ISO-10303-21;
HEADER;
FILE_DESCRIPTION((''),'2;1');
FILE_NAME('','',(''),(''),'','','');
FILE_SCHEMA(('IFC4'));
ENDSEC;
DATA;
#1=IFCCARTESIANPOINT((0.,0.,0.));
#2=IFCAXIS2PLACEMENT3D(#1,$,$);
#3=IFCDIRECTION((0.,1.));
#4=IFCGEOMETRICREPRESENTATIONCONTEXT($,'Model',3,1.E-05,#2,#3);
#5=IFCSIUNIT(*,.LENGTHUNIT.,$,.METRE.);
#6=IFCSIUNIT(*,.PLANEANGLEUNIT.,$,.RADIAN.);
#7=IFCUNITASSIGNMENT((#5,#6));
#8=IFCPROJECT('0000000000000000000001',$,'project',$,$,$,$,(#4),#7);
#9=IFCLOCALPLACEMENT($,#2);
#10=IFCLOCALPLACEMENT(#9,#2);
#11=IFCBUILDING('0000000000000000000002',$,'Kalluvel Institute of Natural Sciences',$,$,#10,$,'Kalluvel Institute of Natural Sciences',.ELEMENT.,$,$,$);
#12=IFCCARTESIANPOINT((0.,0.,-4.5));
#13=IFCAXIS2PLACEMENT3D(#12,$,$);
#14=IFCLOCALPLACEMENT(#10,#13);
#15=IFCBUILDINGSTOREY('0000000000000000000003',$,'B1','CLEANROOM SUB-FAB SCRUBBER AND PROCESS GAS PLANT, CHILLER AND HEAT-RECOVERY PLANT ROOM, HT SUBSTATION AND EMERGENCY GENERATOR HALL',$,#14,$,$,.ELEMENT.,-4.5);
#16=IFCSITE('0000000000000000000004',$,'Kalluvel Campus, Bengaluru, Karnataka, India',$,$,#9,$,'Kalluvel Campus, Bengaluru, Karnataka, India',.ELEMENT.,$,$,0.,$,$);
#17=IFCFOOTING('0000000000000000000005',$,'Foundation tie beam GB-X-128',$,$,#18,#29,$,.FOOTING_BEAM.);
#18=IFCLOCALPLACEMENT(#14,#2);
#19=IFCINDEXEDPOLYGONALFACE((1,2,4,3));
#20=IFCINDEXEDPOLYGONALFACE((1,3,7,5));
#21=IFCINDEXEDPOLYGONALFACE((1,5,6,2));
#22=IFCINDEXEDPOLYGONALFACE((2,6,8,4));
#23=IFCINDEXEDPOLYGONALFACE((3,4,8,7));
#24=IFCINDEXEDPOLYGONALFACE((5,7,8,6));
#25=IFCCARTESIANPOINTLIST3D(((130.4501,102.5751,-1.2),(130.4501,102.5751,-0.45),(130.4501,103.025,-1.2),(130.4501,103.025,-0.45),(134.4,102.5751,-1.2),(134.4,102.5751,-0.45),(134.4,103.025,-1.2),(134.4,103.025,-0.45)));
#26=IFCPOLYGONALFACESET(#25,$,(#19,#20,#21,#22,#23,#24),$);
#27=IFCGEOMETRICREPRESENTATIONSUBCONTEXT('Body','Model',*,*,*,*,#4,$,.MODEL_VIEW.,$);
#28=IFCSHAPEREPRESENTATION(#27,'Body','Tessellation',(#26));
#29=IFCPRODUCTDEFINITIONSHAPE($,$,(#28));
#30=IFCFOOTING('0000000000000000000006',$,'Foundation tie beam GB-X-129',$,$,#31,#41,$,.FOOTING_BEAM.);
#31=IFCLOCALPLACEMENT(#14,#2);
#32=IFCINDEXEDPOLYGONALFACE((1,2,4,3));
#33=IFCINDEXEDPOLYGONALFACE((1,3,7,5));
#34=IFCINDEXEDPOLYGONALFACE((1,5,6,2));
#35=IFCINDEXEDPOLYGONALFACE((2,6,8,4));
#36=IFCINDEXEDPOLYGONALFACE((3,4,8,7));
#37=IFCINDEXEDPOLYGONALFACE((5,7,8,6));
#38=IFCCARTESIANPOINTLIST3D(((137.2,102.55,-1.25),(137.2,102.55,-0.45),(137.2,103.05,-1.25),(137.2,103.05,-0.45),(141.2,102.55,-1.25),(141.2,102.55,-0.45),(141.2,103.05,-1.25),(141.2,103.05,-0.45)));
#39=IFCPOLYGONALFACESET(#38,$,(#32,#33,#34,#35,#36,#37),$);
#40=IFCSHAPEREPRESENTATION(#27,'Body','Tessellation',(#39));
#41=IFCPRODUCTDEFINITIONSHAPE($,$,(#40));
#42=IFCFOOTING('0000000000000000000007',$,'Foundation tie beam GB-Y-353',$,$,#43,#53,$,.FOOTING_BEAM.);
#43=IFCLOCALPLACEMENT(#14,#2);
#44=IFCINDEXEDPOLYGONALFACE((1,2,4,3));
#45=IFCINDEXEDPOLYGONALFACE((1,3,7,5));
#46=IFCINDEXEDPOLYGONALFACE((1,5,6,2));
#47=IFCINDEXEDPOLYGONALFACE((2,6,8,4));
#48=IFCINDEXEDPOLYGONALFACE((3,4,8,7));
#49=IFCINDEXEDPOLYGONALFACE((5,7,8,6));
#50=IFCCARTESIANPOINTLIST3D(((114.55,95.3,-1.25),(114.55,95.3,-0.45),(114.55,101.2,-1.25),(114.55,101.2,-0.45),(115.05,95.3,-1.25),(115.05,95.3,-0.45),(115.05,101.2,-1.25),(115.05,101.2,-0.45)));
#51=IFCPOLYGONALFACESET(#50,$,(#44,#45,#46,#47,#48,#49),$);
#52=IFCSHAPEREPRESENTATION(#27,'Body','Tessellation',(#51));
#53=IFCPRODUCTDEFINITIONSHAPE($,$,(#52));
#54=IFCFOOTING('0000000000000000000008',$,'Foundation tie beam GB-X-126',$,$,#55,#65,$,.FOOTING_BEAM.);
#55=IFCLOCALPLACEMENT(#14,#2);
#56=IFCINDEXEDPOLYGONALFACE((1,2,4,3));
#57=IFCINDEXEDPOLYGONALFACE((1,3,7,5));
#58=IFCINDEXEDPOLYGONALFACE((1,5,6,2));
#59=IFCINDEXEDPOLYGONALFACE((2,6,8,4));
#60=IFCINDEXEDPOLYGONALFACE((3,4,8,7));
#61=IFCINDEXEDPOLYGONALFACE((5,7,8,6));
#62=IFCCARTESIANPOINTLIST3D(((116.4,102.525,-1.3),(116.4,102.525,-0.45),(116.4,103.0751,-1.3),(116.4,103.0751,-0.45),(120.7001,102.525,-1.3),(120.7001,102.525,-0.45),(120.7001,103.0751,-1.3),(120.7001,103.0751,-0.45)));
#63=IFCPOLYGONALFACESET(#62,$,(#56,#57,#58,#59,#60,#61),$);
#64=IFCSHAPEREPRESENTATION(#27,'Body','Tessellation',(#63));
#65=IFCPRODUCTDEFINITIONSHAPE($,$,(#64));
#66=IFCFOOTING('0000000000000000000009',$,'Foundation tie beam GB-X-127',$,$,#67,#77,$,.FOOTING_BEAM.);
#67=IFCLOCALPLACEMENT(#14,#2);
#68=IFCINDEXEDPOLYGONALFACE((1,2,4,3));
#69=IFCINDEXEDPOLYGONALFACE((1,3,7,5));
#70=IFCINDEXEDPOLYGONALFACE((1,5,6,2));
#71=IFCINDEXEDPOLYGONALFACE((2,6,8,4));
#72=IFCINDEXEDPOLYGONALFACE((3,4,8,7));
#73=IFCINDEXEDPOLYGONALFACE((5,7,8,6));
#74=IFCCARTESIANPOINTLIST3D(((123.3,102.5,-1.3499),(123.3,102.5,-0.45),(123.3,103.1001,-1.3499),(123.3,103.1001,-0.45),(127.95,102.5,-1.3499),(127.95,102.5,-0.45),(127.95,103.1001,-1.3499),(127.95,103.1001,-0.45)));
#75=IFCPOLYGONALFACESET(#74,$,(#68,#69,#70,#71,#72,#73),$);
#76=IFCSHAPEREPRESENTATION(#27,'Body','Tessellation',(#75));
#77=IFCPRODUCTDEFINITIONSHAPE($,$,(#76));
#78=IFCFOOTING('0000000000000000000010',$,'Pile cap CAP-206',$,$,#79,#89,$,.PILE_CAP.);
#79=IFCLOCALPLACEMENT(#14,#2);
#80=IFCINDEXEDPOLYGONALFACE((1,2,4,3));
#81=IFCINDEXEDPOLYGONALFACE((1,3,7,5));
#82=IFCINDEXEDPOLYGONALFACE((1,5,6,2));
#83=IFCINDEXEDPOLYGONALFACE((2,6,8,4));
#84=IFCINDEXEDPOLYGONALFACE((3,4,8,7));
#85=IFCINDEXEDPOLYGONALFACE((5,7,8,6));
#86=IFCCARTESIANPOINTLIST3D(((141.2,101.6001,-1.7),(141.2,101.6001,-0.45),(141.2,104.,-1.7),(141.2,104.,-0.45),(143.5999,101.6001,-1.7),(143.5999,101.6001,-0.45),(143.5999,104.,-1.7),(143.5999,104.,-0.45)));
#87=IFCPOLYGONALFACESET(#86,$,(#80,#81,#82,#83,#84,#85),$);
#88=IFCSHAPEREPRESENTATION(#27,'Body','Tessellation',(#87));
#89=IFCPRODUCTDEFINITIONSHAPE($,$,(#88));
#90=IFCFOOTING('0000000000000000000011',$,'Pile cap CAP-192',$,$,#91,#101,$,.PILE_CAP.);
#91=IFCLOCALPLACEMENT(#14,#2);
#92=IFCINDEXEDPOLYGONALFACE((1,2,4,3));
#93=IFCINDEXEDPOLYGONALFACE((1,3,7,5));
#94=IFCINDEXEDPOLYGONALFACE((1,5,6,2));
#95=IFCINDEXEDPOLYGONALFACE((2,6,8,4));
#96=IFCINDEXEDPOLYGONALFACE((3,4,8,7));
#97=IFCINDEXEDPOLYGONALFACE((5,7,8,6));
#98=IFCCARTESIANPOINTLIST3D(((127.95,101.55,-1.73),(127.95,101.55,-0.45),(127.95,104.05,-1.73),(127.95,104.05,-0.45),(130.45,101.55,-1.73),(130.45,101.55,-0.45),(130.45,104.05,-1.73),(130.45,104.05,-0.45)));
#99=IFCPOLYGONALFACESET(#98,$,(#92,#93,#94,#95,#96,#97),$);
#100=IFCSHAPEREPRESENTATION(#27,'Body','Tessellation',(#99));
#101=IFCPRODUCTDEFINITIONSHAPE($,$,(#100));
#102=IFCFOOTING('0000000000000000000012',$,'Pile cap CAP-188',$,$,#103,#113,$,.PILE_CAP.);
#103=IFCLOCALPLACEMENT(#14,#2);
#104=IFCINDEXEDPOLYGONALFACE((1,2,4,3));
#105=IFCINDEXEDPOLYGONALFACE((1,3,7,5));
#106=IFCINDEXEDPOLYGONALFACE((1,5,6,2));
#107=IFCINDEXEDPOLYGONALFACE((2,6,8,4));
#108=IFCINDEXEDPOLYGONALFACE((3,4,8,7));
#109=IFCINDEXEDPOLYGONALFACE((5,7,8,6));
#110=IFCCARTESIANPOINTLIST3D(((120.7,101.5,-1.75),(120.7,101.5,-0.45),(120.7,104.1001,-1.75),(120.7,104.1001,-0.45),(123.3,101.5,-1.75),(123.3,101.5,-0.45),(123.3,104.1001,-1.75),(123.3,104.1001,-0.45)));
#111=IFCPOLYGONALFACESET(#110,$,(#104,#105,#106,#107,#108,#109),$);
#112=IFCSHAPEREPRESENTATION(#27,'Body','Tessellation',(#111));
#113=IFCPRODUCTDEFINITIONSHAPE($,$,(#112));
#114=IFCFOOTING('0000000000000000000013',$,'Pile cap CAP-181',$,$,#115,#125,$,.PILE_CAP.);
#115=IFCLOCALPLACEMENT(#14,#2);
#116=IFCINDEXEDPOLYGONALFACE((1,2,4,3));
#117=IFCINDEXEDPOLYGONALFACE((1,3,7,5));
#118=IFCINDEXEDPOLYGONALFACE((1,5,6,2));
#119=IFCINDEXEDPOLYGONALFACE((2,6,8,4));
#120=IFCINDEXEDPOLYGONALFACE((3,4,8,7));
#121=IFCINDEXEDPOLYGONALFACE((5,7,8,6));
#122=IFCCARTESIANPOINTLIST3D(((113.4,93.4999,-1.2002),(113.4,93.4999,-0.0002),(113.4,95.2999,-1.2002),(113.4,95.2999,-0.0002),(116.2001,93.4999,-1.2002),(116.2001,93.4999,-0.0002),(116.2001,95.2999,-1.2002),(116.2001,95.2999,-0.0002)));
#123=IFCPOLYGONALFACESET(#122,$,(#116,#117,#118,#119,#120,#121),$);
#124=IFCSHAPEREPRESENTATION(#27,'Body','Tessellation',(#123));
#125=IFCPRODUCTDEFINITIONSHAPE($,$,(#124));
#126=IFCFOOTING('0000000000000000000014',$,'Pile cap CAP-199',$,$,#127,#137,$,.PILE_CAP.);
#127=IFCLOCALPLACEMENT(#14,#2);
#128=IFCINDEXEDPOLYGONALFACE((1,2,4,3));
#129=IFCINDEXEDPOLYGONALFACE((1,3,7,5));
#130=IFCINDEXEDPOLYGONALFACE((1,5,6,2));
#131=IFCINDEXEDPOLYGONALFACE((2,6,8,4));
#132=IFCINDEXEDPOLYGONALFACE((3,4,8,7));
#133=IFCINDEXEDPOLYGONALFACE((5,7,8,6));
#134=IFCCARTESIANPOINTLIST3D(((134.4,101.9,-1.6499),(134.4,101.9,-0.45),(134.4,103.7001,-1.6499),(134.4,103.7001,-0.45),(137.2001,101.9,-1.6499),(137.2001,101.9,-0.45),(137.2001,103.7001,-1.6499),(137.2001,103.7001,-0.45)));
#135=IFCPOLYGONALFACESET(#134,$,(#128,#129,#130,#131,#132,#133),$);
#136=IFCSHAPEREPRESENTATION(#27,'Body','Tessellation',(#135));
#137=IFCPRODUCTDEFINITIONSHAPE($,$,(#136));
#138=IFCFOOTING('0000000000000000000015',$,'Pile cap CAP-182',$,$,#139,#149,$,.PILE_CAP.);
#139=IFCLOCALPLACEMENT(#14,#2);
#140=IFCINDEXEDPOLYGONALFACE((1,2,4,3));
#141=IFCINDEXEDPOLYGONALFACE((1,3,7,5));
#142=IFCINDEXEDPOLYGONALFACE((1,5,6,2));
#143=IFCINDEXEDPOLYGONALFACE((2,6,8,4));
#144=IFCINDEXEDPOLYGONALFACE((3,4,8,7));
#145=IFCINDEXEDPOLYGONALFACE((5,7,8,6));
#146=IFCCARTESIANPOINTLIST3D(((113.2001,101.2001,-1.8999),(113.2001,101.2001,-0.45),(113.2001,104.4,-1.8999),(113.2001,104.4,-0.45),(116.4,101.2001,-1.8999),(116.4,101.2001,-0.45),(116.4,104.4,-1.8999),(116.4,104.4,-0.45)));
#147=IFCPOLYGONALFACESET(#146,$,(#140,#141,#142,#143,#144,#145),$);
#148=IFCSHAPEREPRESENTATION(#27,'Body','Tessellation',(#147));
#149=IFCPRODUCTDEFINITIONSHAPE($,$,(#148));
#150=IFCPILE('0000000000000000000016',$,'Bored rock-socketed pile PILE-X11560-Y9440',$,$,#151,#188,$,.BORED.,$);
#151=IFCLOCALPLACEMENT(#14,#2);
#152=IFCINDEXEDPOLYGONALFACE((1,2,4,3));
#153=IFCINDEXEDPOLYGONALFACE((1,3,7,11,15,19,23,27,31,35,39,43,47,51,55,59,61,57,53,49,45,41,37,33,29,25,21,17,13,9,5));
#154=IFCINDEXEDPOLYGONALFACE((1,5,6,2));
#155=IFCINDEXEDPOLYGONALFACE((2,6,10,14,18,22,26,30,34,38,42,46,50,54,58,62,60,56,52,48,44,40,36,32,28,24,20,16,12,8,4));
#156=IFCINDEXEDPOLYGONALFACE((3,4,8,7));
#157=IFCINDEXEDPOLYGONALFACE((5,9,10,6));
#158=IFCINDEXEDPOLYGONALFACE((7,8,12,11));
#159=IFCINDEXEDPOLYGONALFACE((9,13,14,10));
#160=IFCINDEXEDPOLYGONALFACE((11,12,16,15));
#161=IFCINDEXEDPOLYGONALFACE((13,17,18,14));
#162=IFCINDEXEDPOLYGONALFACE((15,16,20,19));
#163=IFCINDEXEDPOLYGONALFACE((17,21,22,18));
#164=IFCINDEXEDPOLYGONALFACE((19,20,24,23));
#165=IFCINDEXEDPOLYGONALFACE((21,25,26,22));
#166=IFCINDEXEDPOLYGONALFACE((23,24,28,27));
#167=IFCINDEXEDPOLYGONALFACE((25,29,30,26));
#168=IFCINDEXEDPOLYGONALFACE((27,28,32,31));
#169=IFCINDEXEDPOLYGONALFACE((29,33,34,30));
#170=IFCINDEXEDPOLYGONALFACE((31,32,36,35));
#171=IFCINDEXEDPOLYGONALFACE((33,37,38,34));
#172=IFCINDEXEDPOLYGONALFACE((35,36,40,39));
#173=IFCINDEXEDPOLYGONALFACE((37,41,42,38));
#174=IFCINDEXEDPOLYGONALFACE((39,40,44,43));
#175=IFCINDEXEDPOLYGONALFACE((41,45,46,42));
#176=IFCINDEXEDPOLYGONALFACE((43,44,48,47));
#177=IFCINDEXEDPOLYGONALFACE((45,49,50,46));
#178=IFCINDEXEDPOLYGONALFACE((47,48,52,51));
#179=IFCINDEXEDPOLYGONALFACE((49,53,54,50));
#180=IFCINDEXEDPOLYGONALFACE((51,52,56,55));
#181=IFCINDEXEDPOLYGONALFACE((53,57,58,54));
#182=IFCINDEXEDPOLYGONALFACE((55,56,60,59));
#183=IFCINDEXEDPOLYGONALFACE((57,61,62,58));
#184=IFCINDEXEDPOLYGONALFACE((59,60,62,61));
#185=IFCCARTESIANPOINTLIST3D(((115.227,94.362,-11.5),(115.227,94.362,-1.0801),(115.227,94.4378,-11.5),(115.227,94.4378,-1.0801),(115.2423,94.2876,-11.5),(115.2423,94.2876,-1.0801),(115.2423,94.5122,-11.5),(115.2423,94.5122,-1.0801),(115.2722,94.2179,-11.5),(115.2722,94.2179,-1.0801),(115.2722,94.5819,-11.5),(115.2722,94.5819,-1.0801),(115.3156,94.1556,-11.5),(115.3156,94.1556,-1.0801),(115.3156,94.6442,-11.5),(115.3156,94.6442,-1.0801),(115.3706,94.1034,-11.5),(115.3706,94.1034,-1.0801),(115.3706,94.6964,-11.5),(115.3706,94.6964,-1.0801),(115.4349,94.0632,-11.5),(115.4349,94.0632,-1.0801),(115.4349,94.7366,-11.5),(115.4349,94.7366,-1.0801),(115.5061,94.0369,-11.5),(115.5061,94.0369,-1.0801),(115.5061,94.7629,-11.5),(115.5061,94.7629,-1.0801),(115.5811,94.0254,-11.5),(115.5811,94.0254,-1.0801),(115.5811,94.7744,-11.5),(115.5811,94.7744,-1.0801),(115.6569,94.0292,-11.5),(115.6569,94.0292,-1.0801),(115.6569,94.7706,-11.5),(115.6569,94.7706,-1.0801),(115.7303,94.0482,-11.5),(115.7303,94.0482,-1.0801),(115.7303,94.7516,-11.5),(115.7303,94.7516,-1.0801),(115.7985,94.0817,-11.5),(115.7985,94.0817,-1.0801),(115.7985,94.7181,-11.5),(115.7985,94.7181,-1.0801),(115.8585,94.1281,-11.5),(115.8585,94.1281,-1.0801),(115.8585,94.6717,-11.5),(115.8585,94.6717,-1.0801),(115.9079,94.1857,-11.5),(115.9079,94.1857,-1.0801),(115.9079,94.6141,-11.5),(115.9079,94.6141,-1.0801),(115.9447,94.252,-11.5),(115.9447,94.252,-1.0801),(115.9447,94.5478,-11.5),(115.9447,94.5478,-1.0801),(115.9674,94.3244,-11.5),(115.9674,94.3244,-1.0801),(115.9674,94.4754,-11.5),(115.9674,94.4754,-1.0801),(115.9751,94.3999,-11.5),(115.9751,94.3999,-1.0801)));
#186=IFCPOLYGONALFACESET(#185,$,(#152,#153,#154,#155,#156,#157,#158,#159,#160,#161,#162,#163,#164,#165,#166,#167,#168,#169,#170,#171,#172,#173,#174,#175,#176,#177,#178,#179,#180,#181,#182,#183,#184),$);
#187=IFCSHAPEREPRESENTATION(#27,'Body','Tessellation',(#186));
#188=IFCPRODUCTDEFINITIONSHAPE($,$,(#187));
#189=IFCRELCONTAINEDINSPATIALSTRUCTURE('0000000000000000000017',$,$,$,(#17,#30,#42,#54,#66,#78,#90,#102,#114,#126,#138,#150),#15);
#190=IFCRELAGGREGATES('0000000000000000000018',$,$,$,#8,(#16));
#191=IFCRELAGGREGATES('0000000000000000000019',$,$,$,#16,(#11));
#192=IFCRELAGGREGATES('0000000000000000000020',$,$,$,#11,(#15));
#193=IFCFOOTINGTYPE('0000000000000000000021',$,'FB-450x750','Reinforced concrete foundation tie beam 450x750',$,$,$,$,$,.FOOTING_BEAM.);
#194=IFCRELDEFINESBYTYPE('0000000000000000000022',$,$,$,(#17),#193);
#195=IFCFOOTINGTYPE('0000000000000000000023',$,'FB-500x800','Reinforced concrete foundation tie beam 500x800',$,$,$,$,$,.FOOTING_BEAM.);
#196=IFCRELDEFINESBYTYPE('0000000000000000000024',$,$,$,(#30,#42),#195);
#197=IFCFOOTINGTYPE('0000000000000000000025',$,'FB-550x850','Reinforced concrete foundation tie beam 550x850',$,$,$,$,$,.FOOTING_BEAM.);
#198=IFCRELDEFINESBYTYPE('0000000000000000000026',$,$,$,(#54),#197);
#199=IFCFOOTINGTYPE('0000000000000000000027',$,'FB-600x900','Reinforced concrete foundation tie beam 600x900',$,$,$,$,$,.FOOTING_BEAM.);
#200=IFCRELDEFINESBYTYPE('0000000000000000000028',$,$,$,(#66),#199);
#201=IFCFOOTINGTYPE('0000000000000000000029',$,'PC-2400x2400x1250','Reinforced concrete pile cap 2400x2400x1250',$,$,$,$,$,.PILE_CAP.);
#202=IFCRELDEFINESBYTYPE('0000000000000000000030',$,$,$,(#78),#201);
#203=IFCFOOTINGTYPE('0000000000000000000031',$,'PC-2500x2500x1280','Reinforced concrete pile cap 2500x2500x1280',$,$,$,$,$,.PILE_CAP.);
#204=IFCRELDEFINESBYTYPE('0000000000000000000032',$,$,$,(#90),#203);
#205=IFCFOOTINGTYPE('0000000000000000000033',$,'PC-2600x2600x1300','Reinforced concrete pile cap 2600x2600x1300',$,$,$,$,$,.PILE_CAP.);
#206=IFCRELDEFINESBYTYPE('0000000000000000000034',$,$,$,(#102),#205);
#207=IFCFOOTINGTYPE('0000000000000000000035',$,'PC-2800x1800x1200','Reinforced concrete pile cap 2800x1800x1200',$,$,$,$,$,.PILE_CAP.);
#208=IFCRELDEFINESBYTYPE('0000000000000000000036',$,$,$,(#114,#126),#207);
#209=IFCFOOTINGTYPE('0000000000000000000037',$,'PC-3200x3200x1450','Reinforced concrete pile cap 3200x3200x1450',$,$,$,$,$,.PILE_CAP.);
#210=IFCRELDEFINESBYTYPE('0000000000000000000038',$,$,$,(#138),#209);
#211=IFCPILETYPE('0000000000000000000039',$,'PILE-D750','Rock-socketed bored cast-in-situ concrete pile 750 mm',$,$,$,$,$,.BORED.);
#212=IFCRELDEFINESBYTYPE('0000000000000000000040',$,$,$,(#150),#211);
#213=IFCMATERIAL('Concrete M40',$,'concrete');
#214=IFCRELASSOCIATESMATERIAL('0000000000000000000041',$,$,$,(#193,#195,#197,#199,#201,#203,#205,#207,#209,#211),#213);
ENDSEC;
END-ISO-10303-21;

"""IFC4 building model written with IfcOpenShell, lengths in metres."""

from ifc_helpers import new_model, si_unit, direction, frame, origin, origin_2d, place, context, subcontext, project, spatial, rectangle, circle, extrude, material, material_profile, profile_set, type_object, element, save


model = new_model("IFC4")

# Units and contexts
model_context = context("Model", 3, precision=1e-05, world=origin(), true_north=direction((0.0, 1.0)))
body_context = subcontext(model_context, "Body", "Model", "MODEL_VIEW")
ifc_project = project(units=[si_unit("LENGTHUNIT", "METRE"), si_unit("PLANEANGLEUNIT", "RADIAN")], contexts=[model_context])

# Site, building, storey
site_placement = place(None, origin())
site = spatial("IfcSite", under=ifc_project, at=site_placement, Name="Kalluvel Campus, Bengaluru, Karnataka, India", LongName="Kalluvel Campus, Bengaluru, Karnataka, India", CompositionType="ELEMENT", RefElevation=0.0)
building_placement = place(site_placement, origin())
building = spatial("IfcBuilding", under=site, at=building_placement, Name="Kalluvel Institute of Natural Sciences", LongName="Kalluvel Institute of Natural Sciences", CompositionType="ELEMENT")
storey_placement = place(building_placement, frame((0.0, 0.0, -4.5)))
storey = spatial("IfcBuildingStorey", under=building, at=storey_placement, Name="B1", Description="CLEANROOM SUB-FAB SCRUBBER AND PROCESS GAS PLANT, CHILLER AND HEAT-RECOVERY PLANT ROOM, HT SUBSTATION AND EMERGENCY GENERATOR HALL", CompositionType="ELEMENT", Elevation=-4.5)

# Footings
ifc_material_1 = material(Name="Concrete M40", Category="concrete")
footing_type_1 = type_object("IfcFootingType", Name="FB-450x750", Description="Reinforced concrete foundation tie beam 450x750", PredefinedType="FOOTING_BEAM", material=ifc_material_1)
footing_1_placement = place(storey_placement, frame((132.425, 102.8, -1.2), z_axis=(0.0, 0.0, 1.0), x_axis=(1.0, 0.0, 0.0)))
element("IfcFooting", 1, at=footing_1_placement, inside=storey, type_object=footing_type_1, Name="Foundation tie beam GB-X-128", PredefinedType="FOOTING_BEAM", context=body_context, shape_type="SweptSolid", body=[
    extrude(rectangle(XDim=3.95, YDim=0.45, at=origin_2d()), origin(), (0.0, 0.0, 1.0), 0.75),
])
footing_type_2 = type_object("IfcFootingType", Name="FB-500x800", Description="Reinforced concrete foundation tie beam 500x800", PredefinedType="FOOTING_BEAM", material=ifc_material_1)
footing_2_placement = place(storey_placement, frame((139.2, 102.8, -1.25), z_axis=(0.0, 0.0, 1.0), x_axis=(1.0, 0.0, 0.0)))
element("IfcFooting", 2, at=footing_2_placement, inside=storey, type_object=footing_type_2, Name="Foundation tie beam GB-X-129", PredefinedType="FOOTING_BEAM", context=body_context, shape_type="SweptSolid", body=[
    extrude(rectangle(XDim=4.0, YDim=0.5, at=origin_2d()), origin(), (0.0, 0.0, 1.0), 0.8),
])
footing_3_placement = place(storey_placement, frame((114.8, 98.25, -1.25), z_axis=(0.0, 0.0, 1.0), x_axis=(1.0, 0.0, 0.0)))
element("IfcFooting", 3, at=footing_3_placement, inside=storey, type_object=footing_type_2, Name="Foundation tie beam GB-Y-353", PredefinedType="FOOTING_BEAM", context=body_context, shape_type="SweptSolid", body=[
    extrude(rectangle(XDim=0.5, YDim=5.8999, at=origin_2d()), origin(), (0.0, 0.0, 1.0), 0.8),
])
footing_type_3 = type_object("IfcFootingType", Name="FB-550x850", Description="Reinforced concrete foundation tie beam 550x850", PredefinedType="FOOTING_BEAM", material=ifc_material_1)
footing_4_placement = place(storey_placement, frame((118.55, 102.8, -1.3), z_axis=(0.0, 0.0, 1.0), x_axis=(1.0, 0.0, 0.0)))
element("IfcFooting", 4, at=footing_4_placement, inside=storey, type_object=footing_type_3, Name="Foundation tie beam GB-X-126", PredefinedType="FOOTING_BEAM", context=body_context, shape_type="SweptSolid", body=[
    extrude(rectangle(XDim=4.3, YDim=0.55, at=origin_2d()), origin(), (0.0, 0.0, 1.0), 0.8501),
])
footing_type_4 = type_object("IfcFootingType", Name="FB-600x900", Description="Reinforced concrete foundation tie beam 600x900", PredefinedType="FOOTING_BEAM", material=ifc_material_1)
footing_5_placement = place(storey_placement, frame((125.625, 102.8, -1.3499), z_axis=(0.0, 0.0, 1.0), x_axis=(1.0, 0.0, 0.0)))
element("IfcFooting", 5, at=footing_5_placement, inside=storey, type_object=footing_type_4, Name="Foundation tie beam GB-X-127", PredefinedType="FOOTING_BEAM", context=body_context, shape_type="SweptSolid", body=[
    extrude(rectangle(XDim=4.6499, YDim=0.6001, at=origin_2d()), origin(), (0.0, 0.0, 1.0), 0.8999),
])
footing_type_5 = type_object("IfcFootingType", Name="PC-2400x2400x1250", Description="Reinforced concrete pile cap 2400x2400x1250", PredefinedType="PILE_CAP", material=ifc_material_1)
footing_6_placement = place(storey_placement, frame((142.3999, 102.8, -1.7), z_axis=(0.0, 0.0, 1.0), x_axis=(1.0, 0.0, 0.0)))
element("IfcFooting", 6, at=footing_6_placement, inside=storey, type_object=footing_type_5, Name="Pile cap CAP-206", PredefinedType="PILE_CAP", context=body_context, shape_type="SweptSolid", body=[
    extrude(rectangle(XDim=2.3999, YDim=2.3999, at=origin_2d()), origin(), (0.0, 0.0, 1.0), 1.25),
])
footing_type_6 = type_object("IfcFootingType", Name="PC-2500x2500x1280", Description="Reinforced concrete pile cap 2500x2500x1280", PredefinedType="PILE_CAP", material=ifc_material_1)
footing_7_placement = place(storey_placement, frame((129.2, 102.8, -1.73), z_axis=(0.0, 0.0, 1.0), x_axis=(1.0, 0.0, 0.0)))
element("IfcFooting", 7, at=footing_7_placement, inside=storey, type_object=footing_type_6, Name="Pile cap CAP-192", PredefinedType="PILE_CAP", context=body_context, shape_type="SweptSolid", body=[
    extrude(rectangle(XDim=2.5, YDim=2.5, at=origin_2d()), origin(), (0.0, 0.0, 1.0), 1.28),
])
footing_type_7 = type_object("IfcFootingType", Name="PC-2600x2600x1300", Description="Reinforced concrete pile cap 2600x2600x1300", PredefinedType="PILE_CAP", material=ifc_material_1)
footing_8_placement = place(storey_placement, frame((122.0, 102.8, -1.75), z_axis=(0.0, 0.0, 1.0), x_axis=(1.0, 0.0, 0.0)))
element("IfcFooting", 8, at=footing_8_placement, inside=storey, type_object=footing_type_7, Name="Pile cap CAP-188", PredefinedType="PILE_CAP", context=body_context, shape_type="SweptSolid", body=[
    extrude(rectangle(XDim=2.6001, YDim=2.6001, at=origin_2d()), origin(), (0.0, 0.0, 1.0), 1.3),
])
footing_type_8 = type_object("IfcFootingType", Name="PC-2800x1800x1200", Description="Reinforced concrete pile cap 2800x1800x1200", PredefinedType="PILE_CAP", material=ifc_material_1)
for number, where, z_axis, x_axis, name in (
    (9, (114.8, 94.3999, -1.2002), (0.0, 0.0, 1.0), (1.0, 0.0, 0.0), "Pile cap CAP-181"),
    (10, (135.8, 102.8, -1.6499), (0.0, 0.0, 1.0), (1.0, 0.0, 0.0), "Pile cap CAP-199"),
):
    element("IfcFooting", number, at=place(storey_placement, frame(where, z_axis=z_axis, x_axis=x_axis)), inside=storey, type_object=footing_type_8, Name=name, PredefinedType="PILE_CAP", context=body_context, shape_type="SweptSolid", body=[
        extrude(rectangle(XDim=2.8, YDim=1.8, at=origin_2d()), origin(), (0.0, 0.0, 1.0), 1.2),
    ])
footing_type_9 = type_object("IfcFootingType", Name="PC-3200x3200x1450", Description="Reinforced concrete pile cap 3200x3200x1450", PredefinedType="PILE_CAP", material=ifc_material_1)
footing_9_placement = place(storey_placement, frame((114.8, 102.8, -1.8999), z_axis=(0.0, 0.0, 1.0), x_axis=(1.0, 0.0, 0.0)))
element("IfcFooting", 11, at=footing_9_placement, inside=storey, type_object=footing_type_9, Name="Pile cap CAP-182", PredefinedType="PILE_CAP", context=body_context, shape_type="SweptSolid", body=[
    extrude(rectangle(XDim=3.2, YDim=3.2, at=origin_2d()), origin(), (0.0, 0.0, 1.0), 1.45),
])

# Pile
ifc_material_profile_1 = material_profile(ifc_material_1, circle(Radius=0.375, at=origin_2d()), Name="PILE D750")
ifc_profile_set_1 = profile_set([ifc_material_profile_1], Name="Concrete M40")
pile_type_1 = type_object("IfcPileType", Name="PILE-D750", Description="Rock-socketed bored cast-in-situ concrete pile 750 mm", PredefinedType="BORED", material=ifc_profile_set_1)
pile_1_placement = place(storey_placement, frame((115.6001, 94.3999, -1.0801), z_axis=(0.0, 0.0, -1.0), x_axis=(1.0, 0.0, 0.0)))
element("IfcPile", 12, at=pile_1_placement, inside=storey, type_object=pile_type_1, Name="Bored rock-socketed pile PILE-X11560-Y9440", PredefinedType="BORED", context=body_context, shape_type="SweptSolid", body=[
    extrude(circle(Radius=0.375, at=origin_2d()), origin(), (0.0, 0.0, 1.0), 10.4199),
])

save(model, "model.ifc")
